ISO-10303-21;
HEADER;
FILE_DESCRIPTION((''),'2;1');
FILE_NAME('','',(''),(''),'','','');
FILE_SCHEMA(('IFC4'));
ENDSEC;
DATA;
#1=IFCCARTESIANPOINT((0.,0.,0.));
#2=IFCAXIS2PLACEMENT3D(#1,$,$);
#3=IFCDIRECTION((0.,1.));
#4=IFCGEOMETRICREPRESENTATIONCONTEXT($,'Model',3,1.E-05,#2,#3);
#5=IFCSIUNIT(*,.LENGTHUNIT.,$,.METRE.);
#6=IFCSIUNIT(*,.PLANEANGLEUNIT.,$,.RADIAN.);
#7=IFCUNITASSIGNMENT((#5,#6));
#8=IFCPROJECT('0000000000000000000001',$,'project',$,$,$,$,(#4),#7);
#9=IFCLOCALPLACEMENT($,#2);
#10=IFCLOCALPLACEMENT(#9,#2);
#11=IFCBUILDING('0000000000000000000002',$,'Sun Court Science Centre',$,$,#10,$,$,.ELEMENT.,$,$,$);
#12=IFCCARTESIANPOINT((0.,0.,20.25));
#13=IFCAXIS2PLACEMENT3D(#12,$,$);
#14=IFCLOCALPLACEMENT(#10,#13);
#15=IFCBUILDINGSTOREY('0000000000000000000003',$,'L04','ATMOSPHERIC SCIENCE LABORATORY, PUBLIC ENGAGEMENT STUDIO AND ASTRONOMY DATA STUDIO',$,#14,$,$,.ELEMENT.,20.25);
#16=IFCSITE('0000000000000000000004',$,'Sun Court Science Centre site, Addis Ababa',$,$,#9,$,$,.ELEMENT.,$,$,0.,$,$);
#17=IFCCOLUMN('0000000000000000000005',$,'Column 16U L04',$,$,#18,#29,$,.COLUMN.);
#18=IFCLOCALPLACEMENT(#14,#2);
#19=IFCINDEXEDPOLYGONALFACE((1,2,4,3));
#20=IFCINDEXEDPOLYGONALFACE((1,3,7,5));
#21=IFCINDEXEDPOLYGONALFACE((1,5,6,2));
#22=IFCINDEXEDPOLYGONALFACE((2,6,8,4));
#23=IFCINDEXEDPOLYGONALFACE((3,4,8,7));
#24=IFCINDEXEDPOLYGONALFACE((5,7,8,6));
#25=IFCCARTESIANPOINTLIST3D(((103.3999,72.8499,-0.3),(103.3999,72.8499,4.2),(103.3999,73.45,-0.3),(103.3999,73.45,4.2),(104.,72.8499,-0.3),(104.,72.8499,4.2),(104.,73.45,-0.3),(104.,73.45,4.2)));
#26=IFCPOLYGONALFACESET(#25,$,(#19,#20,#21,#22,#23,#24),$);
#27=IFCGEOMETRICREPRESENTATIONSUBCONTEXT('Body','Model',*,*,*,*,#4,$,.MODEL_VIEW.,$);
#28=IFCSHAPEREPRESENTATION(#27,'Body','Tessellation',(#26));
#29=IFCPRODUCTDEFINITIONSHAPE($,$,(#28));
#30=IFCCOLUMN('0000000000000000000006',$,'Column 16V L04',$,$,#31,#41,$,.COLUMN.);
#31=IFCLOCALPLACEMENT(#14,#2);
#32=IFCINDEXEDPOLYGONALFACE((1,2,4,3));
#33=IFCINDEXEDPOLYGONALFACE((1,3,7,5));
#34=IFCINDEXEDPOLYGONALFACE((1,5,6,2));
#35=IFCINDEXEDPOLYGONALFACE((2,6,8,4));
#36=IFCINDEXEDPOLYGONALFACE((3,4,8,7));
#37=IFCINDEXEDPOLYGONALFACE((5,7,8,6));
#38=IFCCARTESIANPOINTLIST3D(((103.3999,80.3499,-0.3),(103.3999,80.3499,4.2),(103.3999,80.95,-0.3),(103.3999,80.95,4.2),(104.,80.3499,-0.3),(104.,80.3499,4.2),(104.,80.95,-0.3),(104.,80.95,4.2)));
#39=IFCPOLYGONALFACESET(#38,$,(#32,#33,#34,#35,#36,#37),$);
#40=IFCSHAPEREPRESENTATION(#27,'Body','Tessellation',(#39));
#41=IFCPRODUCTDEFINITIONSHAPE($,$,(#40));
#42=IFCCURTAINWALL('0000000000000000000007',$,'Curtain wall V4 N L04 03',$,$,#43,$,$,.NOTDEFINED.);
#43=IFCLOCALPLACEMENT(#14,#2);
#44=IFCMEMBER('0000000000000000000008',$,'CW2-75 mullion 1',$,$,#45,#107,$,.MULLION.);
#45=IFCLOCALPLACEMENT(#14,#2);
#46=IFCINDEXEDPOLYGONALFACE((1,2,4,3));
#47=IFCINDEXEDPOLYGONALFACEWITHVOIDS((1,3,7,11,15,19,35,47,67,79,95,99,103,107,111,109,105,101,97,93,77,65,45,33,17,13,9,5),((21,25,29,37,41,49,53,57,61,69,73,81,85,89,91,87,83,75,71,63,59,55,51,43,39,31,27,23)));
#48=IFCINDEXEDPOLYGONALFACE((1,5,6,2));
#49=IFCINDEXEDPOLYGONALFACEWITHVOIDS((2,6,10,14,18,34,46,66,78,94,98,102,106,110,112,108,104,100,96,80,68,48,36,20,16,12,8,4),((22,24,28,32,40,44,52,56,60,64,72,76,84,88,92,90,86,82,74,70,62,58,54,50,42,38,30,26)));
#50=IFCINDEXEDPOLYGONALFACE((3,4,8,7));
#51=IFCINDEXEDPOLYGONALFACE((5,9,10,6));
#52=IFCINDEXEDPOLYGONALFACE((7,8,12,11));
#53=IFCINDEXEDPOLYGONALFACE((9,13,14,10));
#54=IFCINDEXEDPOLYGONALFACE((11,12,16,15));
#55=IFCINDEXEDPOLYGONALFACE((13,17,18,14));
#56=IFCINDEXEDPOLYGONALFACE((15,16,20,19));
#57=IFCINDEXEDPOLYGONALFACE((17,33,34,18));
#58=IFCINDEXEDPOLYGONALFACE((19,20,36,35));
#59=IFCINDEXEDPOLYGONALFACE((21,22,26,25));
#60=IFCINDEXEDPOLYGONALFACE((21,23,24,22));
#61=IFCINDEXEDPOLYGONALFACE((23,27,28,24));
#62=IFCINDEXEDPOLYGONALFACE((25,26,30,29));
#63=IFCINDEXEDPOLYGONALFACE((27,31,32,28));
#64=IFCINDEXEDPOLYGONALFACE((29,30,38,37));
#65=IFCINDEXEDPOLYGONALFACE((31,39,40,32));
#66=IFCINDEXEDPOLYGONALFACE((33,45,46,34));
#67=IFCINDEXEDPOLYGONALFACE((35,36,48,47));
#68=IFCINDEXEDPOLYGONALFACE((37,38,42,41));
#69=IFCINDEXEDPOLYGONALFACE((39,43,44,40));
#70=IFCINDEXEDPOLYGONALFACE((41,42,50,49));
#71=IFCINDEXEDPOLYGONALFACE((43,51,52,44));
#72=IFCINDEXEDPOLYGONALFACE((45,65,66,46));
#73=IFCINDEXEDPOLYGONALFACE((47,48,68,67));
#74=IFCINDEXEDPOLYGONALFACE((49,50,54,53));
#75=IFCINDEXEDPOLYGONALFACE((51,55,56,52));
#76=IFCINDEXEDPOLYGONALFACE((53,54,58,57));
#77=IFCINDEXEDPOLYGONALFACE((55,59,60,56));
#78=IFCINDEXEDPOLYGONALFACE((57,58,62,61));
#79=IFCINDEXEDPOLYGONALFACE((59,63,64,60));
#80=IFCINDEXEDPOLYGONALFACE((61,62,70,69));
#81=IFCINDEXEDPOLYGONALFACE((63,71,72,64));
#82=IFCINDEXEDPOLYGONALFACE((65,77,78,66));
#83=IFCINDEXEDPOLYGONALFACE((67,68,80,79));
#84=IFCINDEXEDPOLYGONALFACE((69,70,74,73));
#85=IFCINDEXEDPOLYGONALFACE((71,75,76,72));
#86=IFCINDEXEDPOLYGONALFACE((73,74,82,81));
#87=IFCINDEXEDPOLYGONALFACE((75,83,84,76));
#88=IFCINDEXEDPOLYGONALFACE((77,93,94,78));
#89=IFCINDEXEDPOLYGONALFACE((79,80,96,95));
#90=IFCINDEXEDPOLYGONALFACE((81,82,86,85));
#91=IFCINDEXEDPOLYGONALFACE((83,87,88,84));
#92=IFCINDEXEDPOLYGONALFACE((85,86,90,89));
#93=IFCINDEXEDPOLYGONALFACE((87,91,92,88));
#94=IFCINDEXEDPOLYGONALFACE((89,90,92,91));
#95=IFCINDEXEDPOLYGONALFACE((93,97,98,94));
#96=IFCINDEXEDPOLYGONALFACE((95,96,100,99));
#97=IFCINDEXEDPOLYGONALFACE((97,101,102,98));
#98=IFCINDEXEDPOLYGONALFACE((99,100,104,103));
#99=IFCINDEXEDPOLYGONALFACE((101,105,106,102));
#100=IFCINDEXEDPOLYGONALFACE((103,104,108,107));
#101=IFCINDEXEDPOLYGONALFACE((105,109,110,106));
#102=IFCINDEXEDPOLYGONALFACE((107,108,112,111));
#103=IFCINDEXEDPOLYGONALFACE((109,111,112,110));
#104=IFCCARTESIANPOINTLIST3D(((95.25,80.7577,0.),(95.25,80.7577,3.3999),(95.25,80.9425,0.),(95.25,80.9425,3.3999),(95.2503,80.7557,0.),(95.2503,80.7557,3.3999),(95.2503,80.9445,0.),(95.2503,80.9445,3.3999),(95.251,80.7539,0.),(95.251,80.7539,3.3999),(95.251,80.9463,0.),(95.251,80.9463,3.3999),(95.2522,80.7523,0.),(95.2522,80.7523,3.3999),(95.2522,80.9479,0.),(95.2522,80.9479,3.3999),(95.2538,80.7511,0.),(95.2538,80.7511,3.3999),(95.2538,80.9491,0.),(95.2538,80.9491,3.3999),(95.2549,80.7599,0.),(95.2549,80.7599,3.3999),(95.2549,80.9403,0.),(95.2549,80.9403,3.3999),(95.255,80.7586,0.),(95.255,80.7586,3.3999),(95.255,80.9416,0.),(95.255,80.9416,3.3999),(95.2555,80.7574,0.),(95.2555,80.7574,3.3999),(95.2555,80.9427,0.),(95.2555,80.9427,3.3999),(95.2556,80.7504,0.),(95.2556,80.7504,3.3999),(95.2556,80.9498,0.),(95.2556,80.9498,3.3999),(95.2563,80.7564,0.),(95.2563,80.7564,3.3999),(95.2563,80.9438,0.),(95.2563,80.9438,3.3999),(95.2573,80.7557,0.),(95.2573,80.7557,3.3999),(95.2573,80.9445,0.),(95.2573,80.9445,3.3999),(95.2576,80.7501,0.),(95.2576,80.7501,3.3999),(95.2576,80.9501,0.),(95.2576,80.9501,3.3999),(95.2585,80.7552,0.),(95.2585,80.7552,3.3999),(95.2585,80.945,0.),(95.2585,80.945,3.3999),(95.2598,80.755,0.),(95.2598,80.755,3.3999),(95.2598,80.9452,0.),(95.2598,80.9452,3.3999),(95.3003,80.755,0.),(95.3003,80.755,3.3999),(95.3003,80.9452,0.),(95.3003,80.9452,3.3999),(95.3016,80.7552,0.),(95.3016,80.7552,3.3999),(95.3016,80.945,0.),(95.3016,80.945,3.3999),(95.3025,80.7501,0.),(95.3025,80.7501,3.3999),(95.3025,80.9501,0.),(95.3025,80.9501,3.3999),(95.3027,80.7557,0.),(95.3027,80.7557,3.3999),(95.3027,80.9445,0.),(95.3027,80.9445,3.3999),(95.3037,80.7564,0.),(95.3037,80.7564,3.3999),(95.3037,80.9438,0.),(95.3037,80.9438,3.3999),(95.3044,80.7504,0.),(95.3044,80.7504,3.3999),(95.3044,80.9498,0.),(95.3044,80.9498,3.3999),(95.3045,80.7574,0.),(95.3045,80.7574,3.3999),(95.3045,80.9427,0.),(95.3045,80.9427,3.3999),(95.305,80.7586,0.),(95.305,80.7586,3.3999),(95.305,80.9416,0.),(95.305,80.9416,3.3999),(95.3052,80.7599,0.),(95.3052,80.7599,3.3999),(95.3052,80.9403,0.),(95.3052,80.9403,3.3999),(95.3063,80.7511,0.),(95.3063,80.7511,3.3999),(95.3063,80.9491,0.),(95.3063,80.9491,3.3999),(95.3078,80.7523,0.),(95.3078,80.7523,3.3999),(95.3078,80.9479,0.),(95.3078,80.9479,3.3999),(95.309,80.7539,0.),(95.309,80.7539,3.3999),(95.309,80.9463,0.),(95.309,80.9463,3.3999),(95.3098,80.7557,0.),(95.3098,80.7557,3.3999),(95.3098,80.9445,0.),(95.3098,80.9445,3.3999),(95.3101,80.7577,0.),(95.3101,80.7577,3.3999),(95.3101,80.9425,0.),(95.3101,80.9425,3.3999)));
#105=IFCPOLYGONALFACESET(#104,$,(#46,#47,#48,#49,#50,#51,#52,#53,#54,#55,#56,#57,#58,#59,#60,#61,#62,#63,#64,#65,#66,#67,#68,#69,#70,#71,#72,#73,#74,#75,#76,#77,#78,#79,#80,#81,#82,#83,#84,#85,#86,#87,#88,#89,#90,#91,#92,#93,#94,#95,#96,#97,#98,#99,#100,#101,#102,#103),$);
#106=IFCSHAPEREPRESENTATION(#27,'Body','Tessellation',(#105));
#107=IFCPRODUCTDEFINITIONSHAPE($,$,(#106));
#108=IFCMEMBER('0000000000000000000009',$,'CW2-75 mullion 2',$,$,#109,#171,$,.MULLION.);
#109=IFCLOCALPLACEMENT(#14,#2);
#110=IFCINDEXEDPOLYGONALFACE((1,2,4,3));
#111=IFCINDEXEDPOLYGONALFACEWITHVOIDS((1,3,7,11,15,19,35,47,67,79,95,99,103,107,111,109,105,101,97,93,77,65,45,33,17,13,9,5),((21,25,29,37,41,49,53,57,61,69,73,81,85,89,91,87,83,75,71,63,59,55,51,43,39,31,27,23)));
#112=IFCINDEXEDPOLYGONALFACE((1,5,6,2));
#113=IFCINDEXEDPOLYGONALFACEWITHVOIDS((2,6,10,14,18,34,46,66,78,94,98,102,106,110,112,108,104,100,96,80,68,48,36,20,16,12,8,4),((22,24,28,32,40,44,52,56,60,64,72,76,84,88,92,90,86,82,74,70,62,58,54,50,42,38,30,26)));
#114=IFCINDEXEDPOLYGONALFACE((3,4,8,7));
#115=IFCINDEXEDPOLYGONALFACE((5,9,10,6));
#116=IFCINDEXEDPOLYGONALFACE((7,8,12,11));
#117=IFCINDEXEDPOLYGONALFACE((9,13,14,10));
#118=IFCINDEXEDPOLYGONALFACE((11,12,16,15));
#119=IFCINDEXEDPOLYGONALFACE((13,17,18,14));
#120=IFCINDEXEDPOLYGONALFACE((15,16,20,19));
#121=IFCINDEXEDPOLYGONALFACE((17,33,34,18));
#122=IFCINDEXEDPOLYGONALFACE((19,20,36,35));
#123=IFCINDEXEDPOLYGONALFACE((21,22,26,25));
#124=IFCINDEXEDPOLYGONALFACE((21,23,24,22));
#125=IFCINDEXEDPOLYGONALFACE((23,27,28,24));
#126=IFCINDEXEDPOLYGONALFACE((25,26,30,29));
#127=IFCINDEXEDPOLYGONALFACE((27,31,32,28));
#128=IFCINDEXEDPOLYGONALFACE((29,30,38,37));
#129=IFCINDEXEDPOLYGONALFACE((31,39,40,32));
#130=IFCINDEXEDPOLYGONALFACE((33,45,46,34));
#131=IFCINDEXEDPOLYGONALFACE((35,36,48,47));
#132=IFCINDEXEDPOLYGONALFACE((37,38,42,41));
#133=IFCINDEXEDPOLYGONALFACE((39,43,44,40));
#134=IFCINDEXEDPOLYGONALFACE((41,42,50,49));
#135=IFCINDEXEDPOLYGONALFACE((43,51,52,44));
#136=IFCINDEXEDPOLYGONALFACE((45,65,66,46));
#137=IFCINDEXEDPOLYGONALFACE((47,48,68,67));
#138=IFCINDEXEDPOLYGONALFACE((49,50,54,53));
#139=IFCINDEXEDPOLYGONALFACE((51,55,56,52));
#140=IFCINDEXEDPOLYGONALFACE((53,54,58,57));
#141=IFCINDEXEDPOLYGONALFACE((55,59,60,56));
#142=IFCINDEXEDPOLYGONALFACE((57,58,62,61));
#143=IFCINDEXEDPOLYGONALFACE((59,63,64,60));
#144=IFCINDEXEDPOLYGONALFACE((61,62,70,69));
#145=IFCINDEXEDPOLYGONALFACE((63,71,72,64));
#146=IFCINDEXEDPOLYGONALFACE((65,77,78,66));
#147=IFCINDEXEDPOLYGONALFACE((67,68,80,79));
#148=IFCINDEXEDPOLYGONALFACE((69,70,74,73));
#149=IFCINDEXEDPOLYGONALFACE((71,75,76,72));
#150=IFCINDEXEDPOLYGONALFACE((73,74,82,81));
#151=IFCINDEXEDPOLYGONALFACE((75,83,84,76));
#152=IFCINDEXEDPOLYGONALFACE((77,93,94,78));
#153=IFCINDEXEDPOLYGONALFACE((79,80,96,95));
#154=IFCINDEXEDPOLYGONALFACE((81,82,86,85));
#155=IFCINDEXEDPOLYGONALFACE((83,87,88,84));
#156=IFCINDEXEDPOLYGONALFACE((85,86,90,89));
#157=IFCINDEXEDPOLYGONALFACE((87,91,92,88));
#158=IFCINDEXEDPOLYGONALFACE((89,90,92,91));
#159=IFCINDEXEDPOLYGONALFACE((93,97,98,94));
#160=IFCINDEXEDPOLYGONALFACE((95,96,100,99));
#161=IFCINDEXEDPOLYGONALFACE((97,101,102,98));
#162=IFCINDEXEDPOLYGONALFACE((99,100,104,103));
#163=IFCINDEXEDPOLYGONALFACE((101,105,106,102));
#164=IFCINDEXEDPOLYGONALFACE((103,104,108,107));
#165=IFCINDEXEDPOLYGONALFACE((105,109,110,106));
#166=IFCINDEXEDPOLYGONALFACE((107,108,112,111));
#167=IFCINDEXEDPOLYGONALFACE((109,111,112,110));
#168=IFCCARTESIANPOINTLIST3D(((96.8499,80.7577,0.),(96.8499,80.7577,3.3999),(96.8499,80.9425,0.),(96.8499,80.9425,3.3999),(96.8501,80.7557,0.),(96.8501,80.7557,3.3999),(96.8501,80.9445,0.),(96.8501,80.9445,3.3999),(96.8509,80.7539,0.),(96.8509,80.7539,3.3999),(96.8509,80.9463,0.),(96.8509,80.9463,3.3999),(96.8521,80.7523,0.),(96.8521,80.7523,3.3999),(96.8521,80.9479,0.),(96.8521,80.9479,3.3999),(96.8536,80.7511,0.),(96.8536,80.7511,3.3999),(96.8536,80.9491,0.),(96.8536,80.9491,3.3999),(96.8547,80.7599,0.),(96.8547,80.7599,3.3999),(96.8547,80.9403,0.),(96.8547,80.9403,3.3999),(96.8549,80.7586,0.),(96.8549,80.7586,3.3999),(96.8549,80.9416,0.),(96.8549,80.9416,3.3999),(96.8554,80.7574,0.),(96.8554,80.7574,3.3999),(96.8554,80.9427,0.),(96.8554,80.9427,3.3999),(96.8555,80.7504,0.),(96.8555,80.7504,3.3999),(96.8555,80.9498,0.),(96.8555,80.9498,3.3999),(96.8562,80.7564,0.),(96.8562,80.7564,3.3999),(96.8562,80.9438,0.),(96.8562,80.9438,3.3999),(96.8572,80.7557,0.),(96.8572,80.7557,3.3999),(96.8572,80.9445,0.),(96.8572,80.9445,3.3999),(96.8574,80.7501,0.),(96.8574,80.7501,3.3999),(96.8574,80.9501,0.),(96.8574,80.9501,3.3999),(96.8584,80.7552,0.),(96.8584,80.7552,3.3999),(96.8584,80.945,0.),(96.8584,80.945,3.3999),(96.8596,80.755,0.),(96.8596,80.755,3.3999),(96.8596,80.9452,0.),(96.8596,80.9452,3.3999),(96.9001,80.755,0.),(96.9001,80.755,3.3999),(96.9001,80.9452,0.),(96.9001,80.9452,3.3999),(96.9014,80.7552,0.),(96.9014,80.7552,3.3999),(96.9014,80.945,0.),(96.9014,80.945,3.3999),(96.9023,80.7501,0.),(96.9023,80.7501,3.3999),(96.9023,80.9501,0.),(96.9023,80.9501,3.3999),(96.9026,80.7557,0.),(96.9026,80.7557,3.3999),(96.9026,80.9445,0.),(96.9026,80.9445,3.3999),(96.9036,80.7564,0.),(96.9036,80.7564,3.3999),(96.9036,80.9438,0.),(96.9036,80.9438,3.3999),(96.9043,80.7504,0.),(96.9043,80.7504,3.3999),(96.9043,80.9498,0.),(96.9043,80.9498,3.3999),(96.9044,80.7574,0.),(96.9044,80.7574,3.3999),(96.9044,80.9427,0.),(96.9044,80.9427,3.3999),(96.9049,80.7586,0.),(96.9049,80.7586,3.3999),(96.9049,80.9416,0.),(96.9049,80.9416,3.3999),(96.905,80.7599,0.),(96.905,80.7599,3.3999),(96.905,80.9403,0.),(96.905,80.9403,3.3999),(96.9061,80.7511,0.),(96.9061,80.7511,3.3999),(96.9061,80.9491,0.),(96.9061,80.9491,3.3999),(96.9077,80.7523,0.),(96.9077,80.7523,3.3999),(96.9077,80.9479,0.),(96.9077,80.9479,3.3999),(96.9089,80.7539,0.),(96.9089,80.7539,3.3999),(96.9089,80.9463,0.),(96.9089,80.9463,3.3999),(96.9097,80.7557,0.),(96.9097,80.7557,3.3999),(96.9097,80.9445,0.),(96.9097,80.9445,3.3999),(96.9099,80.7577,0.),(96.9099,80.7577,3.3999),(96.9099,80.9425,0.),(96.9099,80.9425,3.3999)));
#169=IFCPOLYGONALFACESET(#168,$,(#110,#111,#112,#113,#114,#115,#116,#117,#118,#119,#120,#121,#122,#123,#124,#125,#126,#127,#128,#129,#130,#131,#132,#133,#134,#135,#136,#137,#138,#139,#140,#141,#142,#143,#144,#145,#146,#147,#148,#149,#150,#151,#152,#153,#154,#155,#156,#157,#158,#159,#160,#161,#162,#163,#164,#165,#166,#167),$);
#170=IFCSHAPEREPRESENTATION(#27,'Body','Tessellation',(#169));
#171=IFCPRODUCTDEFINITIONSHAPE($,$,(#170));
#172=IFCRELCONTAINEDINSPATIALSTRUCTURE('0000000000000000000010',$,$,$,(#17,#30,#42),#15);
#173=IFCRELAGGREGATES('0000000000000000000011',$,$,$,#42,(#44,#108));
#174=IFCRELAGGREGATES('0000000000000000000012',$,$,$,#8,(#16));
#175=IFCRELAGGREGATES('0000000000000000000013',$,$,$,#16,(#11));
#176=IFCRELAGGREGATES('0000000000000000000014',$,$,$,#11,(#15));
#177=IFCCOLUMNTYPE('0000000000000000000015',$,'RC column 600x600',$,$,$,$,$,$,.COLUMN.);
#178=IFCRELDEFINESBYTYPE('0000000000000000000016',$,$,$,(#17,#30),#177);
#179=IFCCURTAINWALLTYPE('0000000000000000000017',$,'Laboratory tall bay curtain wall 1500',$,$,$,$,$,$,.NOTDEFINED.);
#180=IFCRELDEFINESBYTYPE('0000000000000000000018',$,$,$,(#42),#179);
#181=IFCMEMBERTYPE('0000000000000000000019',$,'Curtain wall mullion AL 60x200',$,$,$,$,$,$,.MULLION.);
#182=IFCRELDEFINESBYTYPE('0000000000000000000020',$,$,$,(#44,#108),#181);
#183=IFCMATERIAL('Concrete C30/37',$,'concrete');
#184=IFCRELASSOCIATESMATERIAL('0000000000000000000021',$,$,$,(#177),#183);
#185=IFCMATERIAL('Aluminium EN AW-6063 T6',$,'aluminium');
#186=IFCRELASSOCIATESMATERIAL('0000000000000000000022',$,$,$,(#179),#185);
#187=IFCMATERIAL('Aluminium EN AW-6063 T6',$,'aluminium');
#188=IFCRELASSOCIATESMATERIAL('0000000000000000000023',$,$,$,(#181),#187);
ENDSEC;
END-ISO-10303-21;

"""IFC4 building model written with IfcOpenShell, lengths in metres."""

from ifc_helpers import new_model, si_unit, direction, frame, origin, origin_2d, place, context, subcontext, project, spatial, rectangle, hollow_rectangle, extrude, material, material_profile, profile_set, type_object, element, aggregate, save


model = new_model("IFC4")

# Units and contexts
model_context = context("Model", 3, precision=1e-05, world=origin(), true_north=direction((0.0, 1.0)))
body_context = subcontext(model_context, "Body", "Model", "MODEL_VIEW")
ifc_project = project(units=[si_unit("LENGTHUNIT", "METRE"), si_unit("PLANEANGLEUNIT", "RADIAN")], contexts=[model_context])

# Site, building, storey
site_placement = place(None, origin())
site = spatial("IfcSite", under=ifc_project, at=site_placement, Name="Sun Court Science Centre site, Addis Ababa", CompositionType="ELEMENT", RefElevation=0.0)
building_placement = place(site_placement, origin())
building = spatial("IfcBuilding", under=site, at=building_placement, Name="Sun Court Science Centre", CompositionType="ELEMENT")
storey_placement = place(building_placement, frame((0.0, 0.0, 20.25)))
storey = spatial("IfcBuildingStorey", under=building, at=storey_placement, Name="L04", Description="ATMOSPHERIC SCIENCE LABORATORY, PUBLIC ENGAGEMENT STUDIO AND ASTRONOMY DATA STUDIO", CompositionType="ELEMENT", Elevation=20.25)

# Columns
ifc_material_1 = material(Name="Concrete C30/37", Category="concrete")
ifc_material_profile_1 = material_profile(ifc_material_1, rectangle(XDim=0.6001, YDim=0.6001, at=origin_2d()), Name="RC 600x600")
ifc_profile_set_1 = profile_set([ifc_material_profile_1], Name="Concrete C30/37")
column_type = type_object("IfcColumnType", Name="RC column 600x600", PredefinedType="COLUMN", material=ifc_profile_set_1)
for number, where, z_axis, x_axis, name in (
    (1, (103.7, 73.1499, -0.3), (0.0, 0.0, 1.0), (1.0, 0.0, 0.0), "Column 16U L04"),
    (2, (103.7, 80.6499, -0.3), (0.0, 0.0, 1.0), (1.0, 0.0, 0.0), "Column 16V L04"),
):
    element("IfcColumn", number, at=place(storey_placement, frame(where, z_axis=z_axis, x_axis=x_axis)), inside=storey, type_object=column_type, Name=name, PredefinedType="COLUMN", context=body_context, shape_type="SweptSolid", body=[
        extrude(rectangle(XDim=0.6001, YDim=0.6001, at=origin_2d()), origin(), (0.0, 0.0, 1.0), 4.5),
    ])

# Curtain wall, members
ifc_material_2 = material(Name="Aluminium EN AW-6063 T6", Category="aluminium")
curtain_wall_type = type_object("IfcCurtainWallType", Name="Laboratory tall bay curtain wall 1500", PredefinedType="NOTDEFINED", material=ifc_material_2)
curtain_wall_placement = place(storey_placement, origin())
curtain_wall = element("IfcCurtainWall", 3, at=curtain_wall_placement, inside=storey, type_object=curtain_wall_type, Name="Curtain wall V4 N L04 03", PredefinedType="NOTDEFINED")
ifc_material_3 = material(Name="Aluminium EN AW-6063 T6", Category="aluminium")
ifc_material_profile_2 = material_profile(ifc_material_3, hollow_rectangle(XDim=0.0601, YDim=0.2, WallThickness=0.0049, InnerFilletRadius=0.0049, OuterFilletRadius=0.0076, at=origin_2d()), Name="AL 60x200x5")
ifc_profile_set_2 = profile_set([ifc_material_profile_2], Name="Aluminium EN AW-6063 T6")
member_type_1 = type_object("IfcMemberType", Name="Curtain wall mullion AL 60x200", PredefinedType="MULLION", material=ifc_profile_set_2)
member_1_placement = place(storey_placement, frame((95.28, 80.8501, 0.0), z_axis=(0.0, 0.0, 1.0), x_axis=(1.0, 0.0, 0.0)))
member_1 = element("IfcMember", 4, at=member_1_placement, type_object=member_type_1, Name="CW2-75 mullion 1", PredefinedType="MULLION", context=body_context, shape_type="SweptSolid", body=[
    extrude(hollow_rectangle(XDim=0.0601, YDim=0.2, WallThickness=0.0049, InnerFilletRadius=0.0049, OuterFilletRadius=0.0076, at=origin_2d()), origin(), (0.0, 0.0, 1.0), 3.3999),
])
member_2_placement = place(storey_placement, frame((96.8799, 80.8501, 0.0), z_axis=(0.0, 0.0, 1.0), x_axis=(1.0, 0.0, 0.0)))
member_2 = element("IfcMember", 5, at=member_2_placement, type_object=member_type_1, Name="CW2-75 mullion 2", PredefinedType="MULLION", context=body_context, shape_type="SweptSolid", body=[
    extrude(hollow_rectangle(XDim=0.0601, YDim=0.2, WallThickness=0.0049, InnerFilletRadius=0.0049, OuterFilletRadius=0.0076, at=origin_2d()), origin(), (0.0, 0.0, 1.0), 3.3999),
])

aggregate(curtain_wall, [member_1, member_2])

save(model, "model.ifc")
